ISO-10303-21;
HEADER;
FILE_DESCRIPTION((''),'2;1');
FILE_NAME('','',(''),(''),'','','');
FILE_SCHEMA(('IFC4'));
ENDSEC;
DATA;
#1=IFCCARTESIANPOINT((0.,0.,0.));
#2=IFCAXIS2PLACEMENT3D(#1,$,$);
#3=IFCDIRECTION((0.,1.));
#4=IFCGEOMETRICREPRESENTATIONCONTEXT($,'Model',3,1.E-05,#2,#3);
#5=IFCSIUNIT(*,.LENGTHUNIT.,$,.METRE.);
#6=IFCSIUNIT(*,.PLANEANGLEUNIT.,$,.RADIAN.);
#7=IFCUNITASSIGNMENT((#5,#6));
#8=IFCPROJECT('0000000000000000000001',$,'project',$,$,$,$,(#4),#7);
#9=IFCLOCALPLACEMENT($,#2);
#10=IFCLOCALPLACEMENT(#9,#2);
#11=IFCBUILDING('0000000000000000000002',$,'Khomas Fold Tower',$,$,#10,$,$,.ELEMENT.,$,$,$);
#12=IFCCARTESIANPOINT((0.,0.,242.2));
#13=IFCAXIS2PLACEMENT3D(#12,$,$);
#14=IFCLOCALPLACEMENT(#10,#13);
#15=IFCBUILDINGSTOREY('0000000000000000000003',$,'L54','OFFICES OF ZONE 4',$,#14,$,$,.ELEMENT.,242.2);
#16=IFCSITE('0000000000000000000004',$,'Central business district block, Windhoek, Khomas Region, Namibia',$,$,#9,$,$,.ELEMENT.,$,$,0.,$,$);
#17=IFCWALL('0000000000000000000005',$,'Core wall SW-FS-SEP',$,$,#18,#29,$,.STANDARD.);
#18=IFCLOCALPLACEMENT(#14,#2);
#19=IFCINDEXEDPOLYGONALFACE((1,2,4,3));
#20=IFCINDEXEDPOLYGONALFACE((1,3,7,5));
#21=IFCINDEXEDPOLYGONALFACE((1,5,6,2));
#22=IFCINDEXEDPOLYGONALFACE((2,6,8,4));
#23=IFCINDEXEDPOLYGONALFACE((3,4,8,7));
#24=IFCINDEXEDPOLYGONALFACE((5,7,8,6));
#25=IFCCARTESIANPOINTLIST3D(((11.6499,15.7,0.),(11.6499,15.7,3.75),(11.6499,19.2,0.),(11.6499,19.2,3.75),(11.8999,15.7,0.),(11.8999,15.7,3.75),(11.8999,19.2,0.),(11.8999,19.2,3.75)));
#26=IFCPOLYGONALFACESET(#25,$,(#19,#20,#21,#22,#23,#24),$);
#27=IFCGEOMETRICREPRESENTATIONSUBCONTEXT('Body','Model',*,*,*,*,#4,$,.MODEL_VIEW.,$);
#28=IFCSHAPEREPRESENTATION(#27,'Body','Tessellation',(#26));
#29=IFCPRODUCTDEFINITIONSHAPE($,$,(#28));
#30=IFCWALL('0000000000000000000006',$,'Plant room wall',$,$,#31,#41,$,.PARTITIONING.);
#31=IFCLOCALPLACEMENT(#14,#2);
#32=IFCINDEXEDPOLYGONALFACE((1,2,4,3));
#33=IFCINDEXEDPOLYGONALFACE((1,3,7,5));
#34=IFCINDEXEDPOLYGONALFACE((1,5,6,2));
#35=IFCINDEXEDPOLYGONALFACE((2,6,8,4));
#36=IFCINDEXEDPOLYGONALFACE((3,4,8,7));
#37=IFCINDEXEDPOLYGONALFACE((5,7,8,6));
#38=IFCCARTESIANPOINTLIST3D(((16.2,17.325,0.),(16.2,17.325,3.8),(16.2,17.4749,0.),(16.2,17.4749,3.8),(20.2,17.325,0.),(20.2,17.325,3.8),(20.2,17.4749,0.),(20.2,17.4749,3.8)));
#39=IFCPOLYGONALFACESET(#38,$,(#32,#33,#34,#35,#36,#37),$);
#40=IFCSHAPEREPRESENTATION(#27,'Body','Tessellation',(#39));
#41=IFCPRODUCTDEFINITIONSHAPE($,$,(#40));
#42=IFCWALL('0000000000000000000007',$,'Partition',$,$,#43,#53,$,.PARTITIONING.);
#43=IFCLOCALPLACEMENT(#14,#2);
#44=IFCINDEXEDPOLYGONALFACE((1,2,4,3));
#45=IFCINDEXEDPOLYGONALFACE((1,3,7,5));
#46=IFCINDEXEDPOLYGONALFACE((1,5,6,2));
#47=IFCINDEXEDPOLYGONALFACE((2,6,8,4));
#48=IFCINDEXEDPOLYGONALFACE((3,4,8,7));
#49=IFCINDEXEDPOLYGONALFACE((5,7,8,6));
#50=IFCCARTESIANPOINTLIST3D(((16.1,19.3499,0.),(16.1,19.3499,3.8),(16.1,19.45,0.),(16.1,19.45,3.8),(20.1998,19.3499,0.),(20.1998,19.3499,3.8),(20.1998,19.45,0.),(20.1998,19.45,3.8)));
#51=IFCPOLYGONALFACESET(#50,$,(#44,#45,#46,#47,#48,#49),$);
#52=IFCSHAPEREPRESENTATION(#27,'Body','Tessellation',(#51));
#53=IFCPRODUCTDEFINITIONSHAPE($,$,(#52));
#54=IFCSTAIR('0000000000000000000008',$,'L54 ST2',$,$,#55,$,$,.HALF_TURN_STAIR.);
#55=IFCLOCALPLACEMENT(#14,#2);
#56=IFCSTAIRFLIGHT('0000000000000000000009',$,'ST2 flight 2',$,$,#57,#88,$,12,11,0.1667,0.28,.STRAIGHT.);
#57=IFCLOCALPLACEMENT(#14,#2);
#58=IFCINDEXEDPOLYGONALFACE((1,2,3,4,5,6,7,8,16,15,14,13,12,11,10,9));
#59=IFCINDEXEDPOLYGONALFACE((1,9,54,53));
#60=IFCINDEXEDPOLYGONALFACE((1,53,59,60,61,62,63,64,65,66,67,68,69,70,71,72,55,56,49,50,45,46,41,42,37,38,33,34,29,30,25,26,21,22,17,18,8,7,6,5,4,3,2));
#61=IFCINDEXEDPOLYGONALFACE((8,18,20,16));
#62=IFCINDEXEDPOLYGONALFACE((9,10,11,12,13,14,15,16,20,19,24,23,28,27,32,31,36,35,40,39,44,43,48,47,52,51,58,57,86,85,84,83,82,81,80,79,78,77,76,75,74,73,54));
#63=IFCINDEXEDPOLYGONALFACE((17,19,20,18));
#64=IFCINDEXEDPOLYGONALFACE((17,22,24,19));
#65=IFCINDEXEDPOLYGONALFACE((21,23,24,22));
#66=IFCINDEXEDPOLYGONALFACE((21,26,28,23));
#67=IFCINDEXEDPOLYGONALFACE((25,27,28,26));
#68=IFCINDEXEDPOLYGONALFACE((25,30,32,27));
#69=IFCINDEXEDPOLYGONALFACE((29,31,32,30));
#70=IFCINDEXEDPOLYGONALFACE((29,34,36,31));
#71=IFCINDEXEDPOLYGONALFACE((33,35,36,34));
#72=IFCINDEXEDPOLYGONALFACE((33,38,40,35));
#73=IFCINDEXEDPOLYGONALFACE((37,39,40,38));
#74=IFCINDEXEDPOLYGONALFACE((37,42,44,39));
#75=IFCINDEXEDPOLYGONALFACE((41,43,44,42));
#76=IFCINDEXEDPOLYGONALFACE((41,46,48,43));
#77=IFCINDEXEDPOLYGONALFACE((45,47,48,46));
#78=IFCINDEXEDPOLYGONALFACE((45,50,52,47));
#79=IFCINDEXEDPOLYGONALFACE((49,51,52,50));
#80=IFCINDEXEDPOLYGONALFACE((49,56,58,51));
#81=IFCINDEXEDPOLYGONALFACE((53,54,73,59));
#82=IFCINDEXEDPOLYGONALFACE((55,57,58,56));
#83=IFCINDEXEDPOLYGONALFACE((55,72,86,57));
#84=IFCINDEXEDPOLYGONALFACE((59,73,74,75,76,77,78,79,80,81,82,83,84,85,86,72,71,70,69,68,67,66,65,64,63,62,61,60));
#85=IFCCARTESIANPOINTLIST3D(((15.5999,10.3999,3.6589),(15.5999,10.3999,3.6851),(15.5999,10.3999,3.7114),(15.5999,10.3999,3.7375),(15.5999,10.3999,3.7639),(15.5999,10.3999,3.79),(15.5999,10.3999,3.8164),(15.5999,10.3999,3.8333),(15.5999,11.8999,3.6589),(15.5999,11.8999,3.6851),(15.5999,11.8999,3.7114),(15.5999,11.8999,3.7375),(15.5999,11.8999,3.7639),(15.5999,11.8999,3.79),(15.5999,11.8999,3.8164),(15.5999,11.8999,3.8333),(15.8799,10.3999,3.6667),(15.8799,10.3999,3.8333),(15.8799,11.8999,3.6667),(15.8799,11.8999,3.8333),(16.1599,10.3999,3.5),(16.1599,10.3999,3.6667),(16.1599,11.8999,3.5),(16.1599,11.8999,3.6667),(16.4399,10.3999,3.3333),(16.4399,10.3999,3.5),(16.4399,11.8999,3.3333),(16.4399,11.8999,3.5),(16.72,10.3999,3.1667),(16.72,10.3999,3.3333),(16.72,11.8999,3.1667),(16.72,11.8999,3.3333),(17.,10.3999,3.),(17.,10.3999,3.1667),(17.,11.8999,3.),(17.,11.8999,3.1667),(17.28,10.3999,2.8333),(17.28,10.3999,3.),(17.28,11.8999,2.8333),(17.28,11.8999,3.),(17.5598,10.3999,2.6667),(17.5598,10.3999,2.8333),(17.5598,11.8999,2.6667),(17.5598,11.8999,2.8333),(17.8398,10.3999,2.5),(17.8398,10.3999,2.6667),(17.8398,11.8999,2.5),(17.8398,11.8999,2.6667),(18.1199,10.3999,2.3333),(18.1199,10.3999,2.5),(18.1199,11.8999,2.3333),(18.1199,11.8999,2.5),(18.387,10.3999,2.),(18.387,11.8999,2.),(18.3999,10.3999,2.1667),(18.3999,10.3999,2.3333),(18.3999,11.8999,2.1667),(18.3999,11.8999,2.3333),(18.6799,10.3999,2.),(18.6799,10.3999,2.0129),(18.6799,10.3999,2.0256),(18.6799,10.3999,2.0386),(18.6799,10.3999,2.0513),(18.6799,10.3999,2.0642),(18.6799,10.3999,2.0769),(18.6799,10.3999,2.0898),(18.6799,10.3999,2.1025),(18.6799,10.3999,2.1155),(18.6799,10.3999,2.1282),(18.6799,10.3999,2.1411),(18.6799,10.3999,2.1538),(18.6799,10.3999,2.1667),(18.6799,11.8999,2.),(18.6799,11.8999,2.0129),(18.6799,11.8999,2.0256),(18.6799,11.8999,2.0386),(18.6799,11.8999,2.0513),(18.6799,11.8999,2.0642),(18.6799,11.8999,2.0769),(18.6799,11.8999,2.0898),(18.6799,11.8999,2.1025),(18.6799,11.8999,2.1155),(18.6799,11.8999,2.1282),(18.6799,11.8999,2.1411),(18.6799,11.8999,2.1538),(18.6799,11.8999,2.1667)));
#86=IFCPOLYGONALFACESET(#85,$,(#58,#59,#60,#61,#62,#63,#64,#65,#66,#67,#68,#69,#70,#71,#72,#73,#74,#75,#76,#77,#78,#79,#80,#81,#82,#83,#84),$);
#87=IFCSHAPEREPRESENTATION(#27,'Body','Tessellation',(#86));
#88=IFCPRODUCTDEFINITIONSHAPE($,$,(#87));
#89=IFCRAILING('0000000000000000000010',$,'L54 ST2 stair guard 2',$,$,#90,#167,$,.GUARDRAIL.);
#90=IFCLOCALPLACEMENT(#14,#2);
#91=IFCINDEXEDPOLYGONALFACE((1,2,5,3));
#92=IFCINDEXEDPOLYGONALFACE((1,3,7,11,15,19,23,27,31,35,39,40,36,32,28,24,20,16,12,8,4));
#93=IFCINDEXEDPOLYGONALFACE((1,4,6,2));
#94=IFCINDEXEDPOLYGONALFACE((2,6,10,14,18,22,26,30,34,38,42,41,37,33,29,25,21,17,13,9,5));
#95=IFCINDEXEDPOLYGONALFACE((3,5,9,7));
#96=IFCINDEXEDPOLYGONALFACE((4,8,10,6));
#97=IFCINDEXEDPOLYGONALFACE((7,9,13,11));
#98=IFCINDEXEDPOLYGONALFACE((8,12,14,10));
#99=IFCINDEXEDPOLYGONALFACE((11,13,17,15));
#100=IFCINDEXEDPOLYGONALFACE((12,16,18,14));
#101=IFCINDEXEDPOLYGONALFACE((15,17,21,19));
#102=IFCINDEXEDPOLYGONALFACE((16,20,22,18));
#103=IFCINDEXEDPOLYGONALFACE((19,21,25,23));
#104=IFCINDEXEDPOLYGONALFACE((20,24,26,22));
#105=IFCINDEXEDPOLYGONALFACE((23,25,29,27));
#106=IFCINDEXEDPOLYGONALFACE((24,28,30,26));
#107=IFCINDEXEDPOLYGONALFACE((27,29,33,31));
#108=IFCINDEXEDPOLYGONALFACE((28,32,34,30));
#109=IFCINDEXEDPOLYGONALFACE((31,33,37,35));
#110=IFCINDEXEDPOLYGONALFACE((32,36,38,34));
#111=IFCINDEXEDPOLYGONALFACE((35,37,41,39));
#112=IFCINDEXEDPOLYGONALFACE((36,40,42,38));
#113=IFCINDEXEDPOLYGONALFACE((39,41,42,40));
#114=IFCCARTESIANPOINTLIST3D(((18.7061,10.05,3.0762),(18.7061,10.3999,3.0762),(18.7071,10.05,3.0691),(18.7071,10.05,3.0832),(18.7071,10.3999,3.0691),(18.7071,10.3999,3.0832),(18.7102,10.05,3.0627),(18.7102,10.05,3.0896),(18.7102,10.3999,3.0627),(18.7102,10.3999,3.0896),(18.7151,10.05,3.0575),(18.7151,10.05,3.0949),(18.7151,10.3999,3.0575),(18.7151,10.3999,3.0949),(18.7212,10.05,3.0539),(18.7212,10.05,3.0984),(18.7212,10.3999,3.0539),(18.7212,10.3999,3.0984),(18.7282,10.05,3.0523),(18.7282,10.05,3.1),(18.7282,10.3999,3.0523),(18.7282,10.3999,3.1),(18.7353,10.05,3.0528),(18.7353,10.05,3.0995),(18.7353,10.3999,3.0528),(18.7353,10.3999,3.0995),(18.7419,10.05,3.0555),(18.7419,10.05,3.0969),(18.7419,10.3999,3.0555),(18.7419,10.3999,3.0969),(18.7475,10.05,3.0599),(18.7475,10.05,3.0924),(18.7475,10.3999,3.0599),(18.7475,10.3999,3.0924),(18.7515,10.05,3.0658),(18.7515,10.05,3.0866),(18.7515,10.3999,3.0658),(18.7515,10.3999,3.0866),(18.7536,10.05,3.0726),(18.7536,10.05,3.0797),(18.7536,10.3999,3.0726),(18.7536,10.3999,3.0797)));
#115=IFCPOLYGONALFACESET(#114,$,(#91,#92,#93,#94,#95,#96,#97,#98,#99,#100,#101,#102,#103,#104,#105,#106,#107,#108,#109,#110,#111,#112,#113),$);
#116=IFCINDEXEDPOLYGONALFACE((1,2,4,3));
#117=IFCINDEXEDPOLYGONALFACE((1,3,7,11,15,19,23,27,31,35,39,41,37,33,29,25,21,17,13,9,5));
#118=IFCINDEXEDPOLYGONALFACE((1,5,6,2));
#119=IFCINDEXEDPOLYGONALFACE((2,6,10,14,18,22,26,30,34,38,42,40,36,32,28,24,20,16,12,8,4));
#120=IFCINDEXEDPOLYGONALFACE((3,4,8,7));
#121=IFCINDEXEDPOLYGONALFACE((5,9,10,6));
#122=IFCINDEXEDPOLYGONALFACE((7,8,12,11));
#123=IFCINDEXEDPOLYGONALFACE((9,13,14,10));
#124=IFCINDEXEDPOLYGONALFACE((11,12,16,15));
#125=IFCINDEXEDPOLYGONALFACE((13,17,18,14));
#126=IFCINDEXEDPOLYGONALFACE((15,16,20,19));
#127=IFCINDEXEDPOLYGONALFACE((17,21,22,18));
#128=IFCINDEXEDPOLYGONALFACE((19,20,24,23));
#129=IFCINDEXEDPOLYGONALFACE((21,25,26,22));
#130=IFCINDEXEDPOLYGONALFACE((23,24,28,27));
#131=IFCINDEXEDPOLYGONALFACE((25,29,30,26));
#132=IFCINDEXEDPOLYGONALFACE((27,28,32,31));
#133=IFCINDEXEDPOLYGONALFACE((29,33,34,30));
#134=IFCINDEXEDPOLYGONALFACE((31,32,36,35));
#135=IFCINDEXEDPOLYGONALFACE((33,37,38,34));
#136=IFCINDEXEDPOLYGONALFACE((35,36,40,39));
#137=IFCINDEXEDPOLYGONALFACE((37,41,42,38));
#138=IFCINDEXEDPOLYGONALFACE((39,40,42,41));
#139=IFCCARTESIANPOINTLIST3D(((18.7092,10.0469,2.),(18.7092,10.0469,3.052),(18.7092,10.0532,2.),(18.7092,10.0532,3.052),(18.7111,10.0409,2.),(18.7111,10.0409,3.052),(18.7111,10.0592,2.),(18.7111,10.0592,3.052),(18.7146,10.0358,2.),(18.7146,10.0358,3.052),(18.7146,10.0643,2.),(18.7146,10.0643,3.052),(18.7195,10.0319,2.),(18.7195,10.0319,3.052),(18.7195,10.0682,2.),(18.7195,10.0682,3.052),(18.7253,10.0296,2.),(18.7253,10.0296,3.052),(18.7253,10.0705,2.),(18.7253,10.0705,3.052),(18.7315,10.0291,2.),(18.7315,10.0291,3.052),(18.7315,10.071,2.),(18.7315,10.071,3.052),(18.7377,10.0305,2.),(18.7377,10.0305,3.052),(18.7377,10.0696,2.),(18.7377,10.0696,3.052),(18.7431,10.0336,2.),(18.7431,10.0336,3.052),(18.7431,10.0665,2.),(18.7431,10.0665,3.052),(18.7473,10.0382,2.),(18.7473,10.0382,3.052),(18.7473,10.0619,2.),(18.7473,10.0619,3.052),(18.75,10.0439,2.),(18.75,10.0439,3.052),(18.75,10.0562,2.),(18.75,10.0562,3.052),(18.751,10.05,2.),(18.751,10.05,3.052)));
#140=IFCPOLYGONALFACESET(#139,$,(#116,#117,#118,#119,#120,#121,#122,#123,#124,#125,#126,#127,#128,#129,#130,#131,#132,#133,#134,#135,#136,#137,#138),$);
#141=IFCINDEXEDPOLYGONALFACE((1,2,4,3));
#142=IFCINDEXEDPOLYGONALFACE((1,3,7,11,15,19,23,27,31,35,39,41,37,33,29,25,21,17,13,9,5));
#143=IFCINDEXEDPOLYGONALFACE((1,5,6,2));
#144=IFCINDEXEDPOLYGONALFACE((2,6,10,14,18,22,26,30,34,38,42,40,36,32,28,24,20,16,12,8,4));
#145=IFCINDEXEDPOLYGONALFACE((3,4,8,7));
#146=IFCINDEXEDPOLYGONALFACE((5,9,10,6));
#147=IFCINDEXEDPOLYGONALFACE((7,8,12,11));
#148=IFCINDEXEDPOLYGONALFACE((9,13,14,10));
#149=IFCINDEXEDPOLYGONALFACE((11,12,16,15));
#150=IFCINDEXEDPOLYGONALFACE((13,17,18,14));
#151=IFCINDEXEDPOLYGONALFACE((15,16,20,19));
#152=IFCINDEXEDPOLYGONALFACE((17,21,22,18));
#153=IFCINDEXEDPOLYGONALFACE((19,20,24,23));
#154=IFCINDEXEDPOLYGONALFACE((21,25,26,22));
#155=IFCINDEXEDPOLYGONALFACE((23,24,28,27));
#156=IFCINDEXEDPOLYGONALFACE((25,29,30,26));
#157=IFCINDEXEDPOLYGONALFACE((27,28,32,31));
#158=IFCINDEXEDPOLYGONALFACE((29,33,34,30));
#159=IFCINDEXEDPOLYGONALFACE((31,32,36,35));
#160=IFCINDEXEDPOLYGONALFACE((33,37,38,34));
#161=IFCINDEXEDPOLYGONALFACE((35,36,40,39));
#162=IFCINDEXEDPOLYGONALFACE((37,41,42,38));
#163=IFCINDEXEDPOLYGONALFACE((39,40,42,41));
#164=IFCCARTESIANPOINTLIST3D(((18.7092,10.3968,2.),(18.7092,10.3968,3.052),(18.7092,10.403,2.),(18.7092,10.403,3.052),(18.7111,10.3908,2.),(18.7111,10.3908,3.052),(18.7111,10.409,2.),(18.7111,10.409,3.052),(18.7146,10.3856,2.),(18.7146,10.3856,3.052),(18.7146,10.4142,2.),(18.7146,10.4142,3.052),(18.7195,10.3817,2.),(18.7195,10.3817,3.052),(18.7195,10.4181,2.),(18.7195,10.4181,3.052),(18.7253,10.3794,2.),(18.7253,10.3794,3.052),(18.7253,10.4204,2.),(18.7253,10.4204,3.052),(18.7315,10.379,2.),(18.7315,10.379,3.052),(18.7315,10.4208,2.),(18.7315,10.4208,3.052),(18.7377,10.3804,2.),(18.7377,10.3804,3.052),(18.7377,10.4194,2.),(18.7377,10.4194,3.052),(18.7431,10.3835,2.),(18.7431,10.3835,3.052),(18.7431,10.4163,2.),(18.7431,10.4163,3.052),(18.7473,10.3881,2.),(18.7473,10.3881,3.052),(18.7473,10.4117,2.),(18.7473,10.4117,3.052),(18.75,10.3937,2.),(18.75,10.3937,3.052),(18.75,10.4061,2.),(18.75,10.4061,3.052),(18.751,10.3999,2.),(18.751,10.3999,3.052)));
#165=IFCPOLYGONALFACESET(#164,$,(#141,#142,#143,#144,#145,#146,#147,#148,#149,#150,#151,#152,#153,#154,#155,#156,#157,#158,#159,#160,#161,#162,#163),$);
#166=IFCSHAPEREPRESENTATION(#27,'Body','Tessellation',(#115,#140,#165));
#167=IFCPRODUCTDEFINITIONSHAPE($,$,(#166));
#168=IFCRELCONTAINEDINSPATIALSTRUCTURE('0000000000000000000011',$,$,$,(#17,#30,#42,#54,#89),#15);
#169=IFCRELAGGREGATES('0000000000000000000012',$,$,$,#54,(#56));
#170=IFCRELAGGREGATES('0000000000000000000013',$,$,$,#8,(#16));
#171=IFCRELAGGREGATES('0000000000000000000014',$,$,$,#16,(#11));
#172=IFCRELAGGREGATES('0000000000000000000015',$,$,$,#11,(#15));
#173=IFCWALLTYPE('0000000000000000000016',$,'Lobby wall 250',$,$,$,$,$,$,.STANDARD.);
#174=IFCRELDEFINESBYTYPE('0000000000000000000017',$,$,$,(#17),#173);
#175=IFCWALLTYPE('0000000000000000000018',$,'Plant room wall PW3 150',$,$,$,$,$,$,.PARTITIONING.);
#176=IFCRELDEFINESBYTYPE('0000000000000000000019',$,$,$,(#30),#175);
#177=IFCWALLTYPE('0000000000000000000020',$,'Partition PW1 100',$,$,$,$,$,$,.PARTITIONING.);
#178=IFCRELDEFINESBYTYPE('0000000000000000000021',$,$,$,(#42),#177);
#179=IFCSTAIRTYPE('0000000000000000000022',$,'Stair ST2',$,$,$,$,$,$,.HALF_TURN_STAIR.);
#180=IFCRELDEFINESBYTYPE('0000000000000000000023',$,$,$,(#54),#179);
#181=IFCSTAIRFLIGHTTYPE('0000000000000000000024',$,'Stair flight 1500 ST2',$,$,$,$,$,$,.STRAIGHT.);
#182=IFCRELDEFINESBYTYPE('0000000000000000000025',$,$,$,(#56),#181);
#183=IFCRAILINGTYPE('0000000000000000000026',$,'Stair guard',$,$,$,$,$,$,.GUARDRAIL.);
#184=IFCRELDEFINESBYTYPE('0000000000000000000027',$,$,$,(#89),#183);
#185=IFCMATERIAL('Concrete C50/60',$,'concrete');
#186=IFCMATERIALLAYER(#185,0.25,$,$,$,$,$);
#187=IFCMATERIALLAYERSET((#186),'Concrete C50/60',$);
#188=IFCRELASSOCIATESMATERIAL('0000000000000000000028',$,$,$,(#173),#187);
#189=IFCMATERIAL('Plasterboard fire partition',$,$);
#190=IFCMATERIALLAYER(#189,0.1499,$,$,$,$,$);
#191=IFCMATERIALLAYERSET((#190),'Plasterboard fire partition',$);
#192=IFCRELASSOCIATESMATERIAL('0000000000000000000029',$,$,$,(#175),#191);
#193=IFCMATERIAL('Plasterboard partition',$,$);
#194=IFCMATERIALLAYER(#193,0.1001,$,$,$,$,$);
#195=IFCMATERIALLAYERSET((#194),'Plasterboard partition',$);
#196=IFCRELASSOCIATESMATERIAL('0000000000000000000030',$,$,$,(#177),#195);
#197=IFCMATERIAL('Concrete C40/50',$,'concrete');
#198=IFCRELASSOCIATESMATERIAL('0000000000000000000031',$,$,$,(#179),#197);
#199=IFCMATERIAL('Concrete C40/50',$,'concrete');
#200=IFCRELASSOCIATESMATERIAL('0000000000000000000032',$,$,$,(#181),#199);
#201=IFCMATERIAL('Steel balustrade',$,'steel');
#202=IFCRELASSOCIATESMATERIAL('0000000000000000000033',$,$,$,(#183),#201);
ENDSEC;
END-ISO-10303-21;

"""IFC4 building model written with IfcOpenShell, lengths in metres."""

from ifc_helpers import new_model, si_unit, direction, frame, frame_2d, origin, origin_2d, place, context, subcontext, project, spatial, polyline, rectangle, circle, outline, extrude, source, transform, mapped, material, layer, layer_set, type_object, element, aggregate, save


model = new_model("IFC4")

# Units and contexts
model_context = context("Model", 3, precision=1e-05, world=origin(), true_north=direction((0.0, 1.0)))
body_context = subcontext(model_context, "Body", "Model", "MODEL_VIEW")
ifc_project = project(units=[si_unit("LENGTHUNIT", "METRE"), si_unit("PLANEANGLEUNIT", "RADIAN")], contexts=[model_context])

# Site, building, storey
site_placement = place(None, origin())
site = spatial("IfcSite", under=ifc_project, at=site_placement, Name="Central business district block, Windhoek, Khomas Region, Namibia", CompositionType="ELEMENT", RefElevation=0.0)
building_placement = place(site_placement, origin())
building = spatial("IfcBuilding", under=site, at=building_placement, Name="Khomas Fold Tower", CompositionType="ELEMENT")
storey_placement = place(building_placement, frame((0.0, 0.0, 242.2)))
storey = spatial("IfcBuildingStorey", under=building, at=storey_placement, Name="L54", Description="OFFICES OF ZONE 4", CompositionType="ELEMENT", Elevation=242.2)

# Walls
ifc_material_1 = material(Name="Concrete C50/60", Category="concrete")
ifc_layer_1 = layer(ifc_material_1, 0.25)
ifc_layer_set_1 = layer_set([ifc_layer_1], Name="Concrete C50/60")
wall_type_1 = type_object("IfcWallType", Name="Lobby wall 250", PredefinedType="STANDARD", material=ifc_layer_set_1)
shared_shape_1 = source(origin(), body_context, "Body", "SweptSolid", [
    extrude(rectangle(XDim=3.5, YDim=0.25, at=frame_2d((1.75, 0.0))), origin(), (0.0, 0.0, 1.0), 3.75),
])
for number, where, z_axis, x_axis, name in (
    (1, (11.7749, 15.7, 0.0), (0.0, 0.0, 1.0), (0.0, 1.0, 0.0), "Core wall SW-FS-SEP"),
):
    element("IfcWall", number, at=place(storey_placement, frame(where, z_axis=z_axis, x_axis=x_axis)), inside=storey, type_object=wall_type_1, Name=name, PredefinedType="STANDARD", context=body_context, shape_type="MappedRepresentation", body=[
        mapped(shared_shape_1, transform((0.0, 0.0, 0.0))),
    ])
ifc_material_2 = material(Name="Plasterboard fire partition")
ifc_layer_2 = layer(ifc_material_2, 0.1499)
ifc_layer_set_2 = layer_set([ifc_layer_2], Name="Plasterboard fire partition")
wall_type_2 = type_object("IfcWallType", Name="Plant room wall PW3 150", PredefinedType="PARTITIONING", material=ifc_layer_set_2)
shared_shape_2 = source(origin(), body_context, "Body", "SweptSolid", [
    extrude(rectangle(XDim=4.0, YDim=0.1499, at=frame_2d((2.0, 0.0))), origin(), (0.0, 0.0, 1.0), 3.8),
])
wall_1_placement = place(storey_placement, frame((16.2, 17.3999, 0.0), z_axis=(0.0, 0.0, 1.0), x_axis=(1.0, 0.0, 0.0)))
element("IfcWall", 2, at=wall_1_placement, inside=storey, type_object=wall_type_2, Name="Plant room wall", PredefinedType="PARTITIONING", context=body_context, shape_type="MappedRepresentation", body=[
    mapped(shared_shape_2, transform((0.0, 0.0, 0.0))),
])
ifc_material_3 = material(Name="Plasterboard partition")
ifc_layer_3 = layer(ifc_material_3, 0.1001)
ifc_layer_set_3 = layer_set([ifc_layer_3], Name="Plasterboard partition")
wall_type_3 = type_object("IfcWallType", Name="Partition PW1 100", PredefinedType="PARTITIONING", material=ifc_layer_set_3)
shared_shape_3 = source(origin(), body_context, "Body", "SweptSolid", [
    extrude(rectangle(XDim=4.0999, YDim=0.1001, at=frame_2d((2.0498, 0.0))), origin(), (0.0, 0.0, 1.0), 3.8),
])
wall_2_placement = place(storey_placement, frame((16.1001, 19.3999, 0.0), z_axis=(0.0, 0.0, 1.0), x_axis=(1.0, 0.0, 0.0)))
element("IfcWall", 3, at=wall_2_placement, inside=storey, type_object=wall_type_3, Name="Partition", PredefinedType="PARTITIONING", context=body_context, shape_type="MappedRepresentation", body=[
    mapped(shared_shape_3, transform((0.0, 0.0, 0.0))),
])

# Stair, stair flight
ifc_material_4 = material(Name="Concrete C40/50", Category="concrete")
stair_type = type_object("IfcStairType", Name="Stair ST2", PredefinedType="HALF_TURN_STAIR", material=ifc_material_4)
stair_placement = place(storey_placement, origin())
stair = element("IfcStair", 4, at=stair_placement, inside=storey, type_object=stair_type, Name="L54 ST2", PredefinedType="HALF_TURN_STAIR")
ifc_material_5 = material(Name="Concrete C40/50", Category="concrete")
stair_flight_type = type_object("IfcStairFlightType", Name="Stair flight 1500 ST2", PredefinedType="STRAIGHT", material=ifc_material_5)
shared_shape_4 = source(origin(), body_context, "Body", "SweptSolid", [
    extrude(outline(polyline([(0.0, 0.0), (0.0, 0.0129), (0.0, 0.0256), (0.0, 0.0386), (0.0, 0.0513), (0.0, 0.0642), (0.0, 0.0769), (0.0, 0.0898), (0.0, 0.1025), (0.0, 0.1155), (0.0, 0.1282), (0.0, 0.1411), (0.0, 0.1538), (0.0, 0.1667), (0.28, 0.1667), (0.28, 0.3333), (0.5601, 0.3333), (0.5601, 0.5), (0.8401, 0.5), (0.8401, 0.6667), (1.1201, 0.6667), (1.1201, 0.8333), (1.3999, 0.8333), (1.3999, 1.0), (1.6799, 1.0), (1.6799, 1.1667), (1.96, 1.1667), (1.96, 1.3333), (2.24, 1.3333), (2.24, 1.5), (2.52, 1.5), (2.52, 1.6667), (2.8, 1.6667), (2.8, 1.8333), (3.0801, 1.8333), (3.0801, 2.0), (3.0801, 1.9739), (3.0801, 1.9475), (3.0801, 1.9214), (3.0801, 1.895), (3.0801, 1.8689), (3.0801, 1.8425), (3.0801, 1.8164), (3.0801, 1.79), (3.0801, 1.7639), (3.0801, 1.7375), (3.0801, 1.7114), (3.0801, 1.6851), (3.0801, 1.6589), (0.293, 0.0), (0.0, 0.0)])), frame((0.0, 0.75, 0.0), z_axis=(0.0, -1.0, 0.0), x_axis=(1.0, 0.0, 0.0)), (0.0, 0.0, 1.0), 1.5),
])
stair_flight_placement = place(storey_placement, frame((18.6799, 11.1499, 2.0), z_axis=(0.0, 0.0, 1.0), x_axis=(-1.0, 0.0, 0.0)))
stair_flight = element("IfcStairFlight", 5, at=stair_flight_placement, type_object=stair_flight_type, Name="ST2 flight 2", NumberOfRisers=12, NumberOfTreads=11, PredefinedType="STRAIGHT", RiserHeight=0.1667, TreadLength=0.28, context=body_context, shape_type="MappedRepresentation", body=[
    mapped(shared_shape_4, transform((0.0, 0.0, 0.0))),
])
aggregate(stair, [stair_flight])

# Railing
ifc_material_6 = material(Name="Steel balustrade", Category="steel")
railing_type_1 = type_object("IfcRailingType", Name="Stair guard", PredefinedType="GUARDRAIL", material=ifc_material_6)
shared_shape_5 = source(origin(), body_context, "Body", "SweptSolid", [
    extrude(circle(Radius=0.0239, at=origin_2d()), frame((0.0, 0.0, 1.0762), z_axis=(0.0, 1.0, 0.0), x_axis=(-1.0, 0.0, 0.0)), (0.0, 0.0, 1.0), 0.3499),
    extrude(circle(Radius=0.021, at=origin_2d()), origin(), (0.0, 0.0, 1.0), 1.052),
    extrude(circle(Radius=0.021, at=origin_2d()), frame((0.0, 0.3499, 0.0)), (0.0, 0.0, 1.0), 1.052),
])
railing_1_placement = place(storey_placement, frame((18.73, 10.05, 2.0)))
element("IfcRailing", 6, at=railing_1_placement, inside=storey, type_object=railing_type_1, Name="L54 ST2 stair guard 2", PredefinedType="GUARDRAIL", context=body_context, shape_type="MappedRepresentation", body=[
    mapped(shared_shape_5, transform((0.0, 0.0, 0.0))),
])

save(model, "model.ifc")
